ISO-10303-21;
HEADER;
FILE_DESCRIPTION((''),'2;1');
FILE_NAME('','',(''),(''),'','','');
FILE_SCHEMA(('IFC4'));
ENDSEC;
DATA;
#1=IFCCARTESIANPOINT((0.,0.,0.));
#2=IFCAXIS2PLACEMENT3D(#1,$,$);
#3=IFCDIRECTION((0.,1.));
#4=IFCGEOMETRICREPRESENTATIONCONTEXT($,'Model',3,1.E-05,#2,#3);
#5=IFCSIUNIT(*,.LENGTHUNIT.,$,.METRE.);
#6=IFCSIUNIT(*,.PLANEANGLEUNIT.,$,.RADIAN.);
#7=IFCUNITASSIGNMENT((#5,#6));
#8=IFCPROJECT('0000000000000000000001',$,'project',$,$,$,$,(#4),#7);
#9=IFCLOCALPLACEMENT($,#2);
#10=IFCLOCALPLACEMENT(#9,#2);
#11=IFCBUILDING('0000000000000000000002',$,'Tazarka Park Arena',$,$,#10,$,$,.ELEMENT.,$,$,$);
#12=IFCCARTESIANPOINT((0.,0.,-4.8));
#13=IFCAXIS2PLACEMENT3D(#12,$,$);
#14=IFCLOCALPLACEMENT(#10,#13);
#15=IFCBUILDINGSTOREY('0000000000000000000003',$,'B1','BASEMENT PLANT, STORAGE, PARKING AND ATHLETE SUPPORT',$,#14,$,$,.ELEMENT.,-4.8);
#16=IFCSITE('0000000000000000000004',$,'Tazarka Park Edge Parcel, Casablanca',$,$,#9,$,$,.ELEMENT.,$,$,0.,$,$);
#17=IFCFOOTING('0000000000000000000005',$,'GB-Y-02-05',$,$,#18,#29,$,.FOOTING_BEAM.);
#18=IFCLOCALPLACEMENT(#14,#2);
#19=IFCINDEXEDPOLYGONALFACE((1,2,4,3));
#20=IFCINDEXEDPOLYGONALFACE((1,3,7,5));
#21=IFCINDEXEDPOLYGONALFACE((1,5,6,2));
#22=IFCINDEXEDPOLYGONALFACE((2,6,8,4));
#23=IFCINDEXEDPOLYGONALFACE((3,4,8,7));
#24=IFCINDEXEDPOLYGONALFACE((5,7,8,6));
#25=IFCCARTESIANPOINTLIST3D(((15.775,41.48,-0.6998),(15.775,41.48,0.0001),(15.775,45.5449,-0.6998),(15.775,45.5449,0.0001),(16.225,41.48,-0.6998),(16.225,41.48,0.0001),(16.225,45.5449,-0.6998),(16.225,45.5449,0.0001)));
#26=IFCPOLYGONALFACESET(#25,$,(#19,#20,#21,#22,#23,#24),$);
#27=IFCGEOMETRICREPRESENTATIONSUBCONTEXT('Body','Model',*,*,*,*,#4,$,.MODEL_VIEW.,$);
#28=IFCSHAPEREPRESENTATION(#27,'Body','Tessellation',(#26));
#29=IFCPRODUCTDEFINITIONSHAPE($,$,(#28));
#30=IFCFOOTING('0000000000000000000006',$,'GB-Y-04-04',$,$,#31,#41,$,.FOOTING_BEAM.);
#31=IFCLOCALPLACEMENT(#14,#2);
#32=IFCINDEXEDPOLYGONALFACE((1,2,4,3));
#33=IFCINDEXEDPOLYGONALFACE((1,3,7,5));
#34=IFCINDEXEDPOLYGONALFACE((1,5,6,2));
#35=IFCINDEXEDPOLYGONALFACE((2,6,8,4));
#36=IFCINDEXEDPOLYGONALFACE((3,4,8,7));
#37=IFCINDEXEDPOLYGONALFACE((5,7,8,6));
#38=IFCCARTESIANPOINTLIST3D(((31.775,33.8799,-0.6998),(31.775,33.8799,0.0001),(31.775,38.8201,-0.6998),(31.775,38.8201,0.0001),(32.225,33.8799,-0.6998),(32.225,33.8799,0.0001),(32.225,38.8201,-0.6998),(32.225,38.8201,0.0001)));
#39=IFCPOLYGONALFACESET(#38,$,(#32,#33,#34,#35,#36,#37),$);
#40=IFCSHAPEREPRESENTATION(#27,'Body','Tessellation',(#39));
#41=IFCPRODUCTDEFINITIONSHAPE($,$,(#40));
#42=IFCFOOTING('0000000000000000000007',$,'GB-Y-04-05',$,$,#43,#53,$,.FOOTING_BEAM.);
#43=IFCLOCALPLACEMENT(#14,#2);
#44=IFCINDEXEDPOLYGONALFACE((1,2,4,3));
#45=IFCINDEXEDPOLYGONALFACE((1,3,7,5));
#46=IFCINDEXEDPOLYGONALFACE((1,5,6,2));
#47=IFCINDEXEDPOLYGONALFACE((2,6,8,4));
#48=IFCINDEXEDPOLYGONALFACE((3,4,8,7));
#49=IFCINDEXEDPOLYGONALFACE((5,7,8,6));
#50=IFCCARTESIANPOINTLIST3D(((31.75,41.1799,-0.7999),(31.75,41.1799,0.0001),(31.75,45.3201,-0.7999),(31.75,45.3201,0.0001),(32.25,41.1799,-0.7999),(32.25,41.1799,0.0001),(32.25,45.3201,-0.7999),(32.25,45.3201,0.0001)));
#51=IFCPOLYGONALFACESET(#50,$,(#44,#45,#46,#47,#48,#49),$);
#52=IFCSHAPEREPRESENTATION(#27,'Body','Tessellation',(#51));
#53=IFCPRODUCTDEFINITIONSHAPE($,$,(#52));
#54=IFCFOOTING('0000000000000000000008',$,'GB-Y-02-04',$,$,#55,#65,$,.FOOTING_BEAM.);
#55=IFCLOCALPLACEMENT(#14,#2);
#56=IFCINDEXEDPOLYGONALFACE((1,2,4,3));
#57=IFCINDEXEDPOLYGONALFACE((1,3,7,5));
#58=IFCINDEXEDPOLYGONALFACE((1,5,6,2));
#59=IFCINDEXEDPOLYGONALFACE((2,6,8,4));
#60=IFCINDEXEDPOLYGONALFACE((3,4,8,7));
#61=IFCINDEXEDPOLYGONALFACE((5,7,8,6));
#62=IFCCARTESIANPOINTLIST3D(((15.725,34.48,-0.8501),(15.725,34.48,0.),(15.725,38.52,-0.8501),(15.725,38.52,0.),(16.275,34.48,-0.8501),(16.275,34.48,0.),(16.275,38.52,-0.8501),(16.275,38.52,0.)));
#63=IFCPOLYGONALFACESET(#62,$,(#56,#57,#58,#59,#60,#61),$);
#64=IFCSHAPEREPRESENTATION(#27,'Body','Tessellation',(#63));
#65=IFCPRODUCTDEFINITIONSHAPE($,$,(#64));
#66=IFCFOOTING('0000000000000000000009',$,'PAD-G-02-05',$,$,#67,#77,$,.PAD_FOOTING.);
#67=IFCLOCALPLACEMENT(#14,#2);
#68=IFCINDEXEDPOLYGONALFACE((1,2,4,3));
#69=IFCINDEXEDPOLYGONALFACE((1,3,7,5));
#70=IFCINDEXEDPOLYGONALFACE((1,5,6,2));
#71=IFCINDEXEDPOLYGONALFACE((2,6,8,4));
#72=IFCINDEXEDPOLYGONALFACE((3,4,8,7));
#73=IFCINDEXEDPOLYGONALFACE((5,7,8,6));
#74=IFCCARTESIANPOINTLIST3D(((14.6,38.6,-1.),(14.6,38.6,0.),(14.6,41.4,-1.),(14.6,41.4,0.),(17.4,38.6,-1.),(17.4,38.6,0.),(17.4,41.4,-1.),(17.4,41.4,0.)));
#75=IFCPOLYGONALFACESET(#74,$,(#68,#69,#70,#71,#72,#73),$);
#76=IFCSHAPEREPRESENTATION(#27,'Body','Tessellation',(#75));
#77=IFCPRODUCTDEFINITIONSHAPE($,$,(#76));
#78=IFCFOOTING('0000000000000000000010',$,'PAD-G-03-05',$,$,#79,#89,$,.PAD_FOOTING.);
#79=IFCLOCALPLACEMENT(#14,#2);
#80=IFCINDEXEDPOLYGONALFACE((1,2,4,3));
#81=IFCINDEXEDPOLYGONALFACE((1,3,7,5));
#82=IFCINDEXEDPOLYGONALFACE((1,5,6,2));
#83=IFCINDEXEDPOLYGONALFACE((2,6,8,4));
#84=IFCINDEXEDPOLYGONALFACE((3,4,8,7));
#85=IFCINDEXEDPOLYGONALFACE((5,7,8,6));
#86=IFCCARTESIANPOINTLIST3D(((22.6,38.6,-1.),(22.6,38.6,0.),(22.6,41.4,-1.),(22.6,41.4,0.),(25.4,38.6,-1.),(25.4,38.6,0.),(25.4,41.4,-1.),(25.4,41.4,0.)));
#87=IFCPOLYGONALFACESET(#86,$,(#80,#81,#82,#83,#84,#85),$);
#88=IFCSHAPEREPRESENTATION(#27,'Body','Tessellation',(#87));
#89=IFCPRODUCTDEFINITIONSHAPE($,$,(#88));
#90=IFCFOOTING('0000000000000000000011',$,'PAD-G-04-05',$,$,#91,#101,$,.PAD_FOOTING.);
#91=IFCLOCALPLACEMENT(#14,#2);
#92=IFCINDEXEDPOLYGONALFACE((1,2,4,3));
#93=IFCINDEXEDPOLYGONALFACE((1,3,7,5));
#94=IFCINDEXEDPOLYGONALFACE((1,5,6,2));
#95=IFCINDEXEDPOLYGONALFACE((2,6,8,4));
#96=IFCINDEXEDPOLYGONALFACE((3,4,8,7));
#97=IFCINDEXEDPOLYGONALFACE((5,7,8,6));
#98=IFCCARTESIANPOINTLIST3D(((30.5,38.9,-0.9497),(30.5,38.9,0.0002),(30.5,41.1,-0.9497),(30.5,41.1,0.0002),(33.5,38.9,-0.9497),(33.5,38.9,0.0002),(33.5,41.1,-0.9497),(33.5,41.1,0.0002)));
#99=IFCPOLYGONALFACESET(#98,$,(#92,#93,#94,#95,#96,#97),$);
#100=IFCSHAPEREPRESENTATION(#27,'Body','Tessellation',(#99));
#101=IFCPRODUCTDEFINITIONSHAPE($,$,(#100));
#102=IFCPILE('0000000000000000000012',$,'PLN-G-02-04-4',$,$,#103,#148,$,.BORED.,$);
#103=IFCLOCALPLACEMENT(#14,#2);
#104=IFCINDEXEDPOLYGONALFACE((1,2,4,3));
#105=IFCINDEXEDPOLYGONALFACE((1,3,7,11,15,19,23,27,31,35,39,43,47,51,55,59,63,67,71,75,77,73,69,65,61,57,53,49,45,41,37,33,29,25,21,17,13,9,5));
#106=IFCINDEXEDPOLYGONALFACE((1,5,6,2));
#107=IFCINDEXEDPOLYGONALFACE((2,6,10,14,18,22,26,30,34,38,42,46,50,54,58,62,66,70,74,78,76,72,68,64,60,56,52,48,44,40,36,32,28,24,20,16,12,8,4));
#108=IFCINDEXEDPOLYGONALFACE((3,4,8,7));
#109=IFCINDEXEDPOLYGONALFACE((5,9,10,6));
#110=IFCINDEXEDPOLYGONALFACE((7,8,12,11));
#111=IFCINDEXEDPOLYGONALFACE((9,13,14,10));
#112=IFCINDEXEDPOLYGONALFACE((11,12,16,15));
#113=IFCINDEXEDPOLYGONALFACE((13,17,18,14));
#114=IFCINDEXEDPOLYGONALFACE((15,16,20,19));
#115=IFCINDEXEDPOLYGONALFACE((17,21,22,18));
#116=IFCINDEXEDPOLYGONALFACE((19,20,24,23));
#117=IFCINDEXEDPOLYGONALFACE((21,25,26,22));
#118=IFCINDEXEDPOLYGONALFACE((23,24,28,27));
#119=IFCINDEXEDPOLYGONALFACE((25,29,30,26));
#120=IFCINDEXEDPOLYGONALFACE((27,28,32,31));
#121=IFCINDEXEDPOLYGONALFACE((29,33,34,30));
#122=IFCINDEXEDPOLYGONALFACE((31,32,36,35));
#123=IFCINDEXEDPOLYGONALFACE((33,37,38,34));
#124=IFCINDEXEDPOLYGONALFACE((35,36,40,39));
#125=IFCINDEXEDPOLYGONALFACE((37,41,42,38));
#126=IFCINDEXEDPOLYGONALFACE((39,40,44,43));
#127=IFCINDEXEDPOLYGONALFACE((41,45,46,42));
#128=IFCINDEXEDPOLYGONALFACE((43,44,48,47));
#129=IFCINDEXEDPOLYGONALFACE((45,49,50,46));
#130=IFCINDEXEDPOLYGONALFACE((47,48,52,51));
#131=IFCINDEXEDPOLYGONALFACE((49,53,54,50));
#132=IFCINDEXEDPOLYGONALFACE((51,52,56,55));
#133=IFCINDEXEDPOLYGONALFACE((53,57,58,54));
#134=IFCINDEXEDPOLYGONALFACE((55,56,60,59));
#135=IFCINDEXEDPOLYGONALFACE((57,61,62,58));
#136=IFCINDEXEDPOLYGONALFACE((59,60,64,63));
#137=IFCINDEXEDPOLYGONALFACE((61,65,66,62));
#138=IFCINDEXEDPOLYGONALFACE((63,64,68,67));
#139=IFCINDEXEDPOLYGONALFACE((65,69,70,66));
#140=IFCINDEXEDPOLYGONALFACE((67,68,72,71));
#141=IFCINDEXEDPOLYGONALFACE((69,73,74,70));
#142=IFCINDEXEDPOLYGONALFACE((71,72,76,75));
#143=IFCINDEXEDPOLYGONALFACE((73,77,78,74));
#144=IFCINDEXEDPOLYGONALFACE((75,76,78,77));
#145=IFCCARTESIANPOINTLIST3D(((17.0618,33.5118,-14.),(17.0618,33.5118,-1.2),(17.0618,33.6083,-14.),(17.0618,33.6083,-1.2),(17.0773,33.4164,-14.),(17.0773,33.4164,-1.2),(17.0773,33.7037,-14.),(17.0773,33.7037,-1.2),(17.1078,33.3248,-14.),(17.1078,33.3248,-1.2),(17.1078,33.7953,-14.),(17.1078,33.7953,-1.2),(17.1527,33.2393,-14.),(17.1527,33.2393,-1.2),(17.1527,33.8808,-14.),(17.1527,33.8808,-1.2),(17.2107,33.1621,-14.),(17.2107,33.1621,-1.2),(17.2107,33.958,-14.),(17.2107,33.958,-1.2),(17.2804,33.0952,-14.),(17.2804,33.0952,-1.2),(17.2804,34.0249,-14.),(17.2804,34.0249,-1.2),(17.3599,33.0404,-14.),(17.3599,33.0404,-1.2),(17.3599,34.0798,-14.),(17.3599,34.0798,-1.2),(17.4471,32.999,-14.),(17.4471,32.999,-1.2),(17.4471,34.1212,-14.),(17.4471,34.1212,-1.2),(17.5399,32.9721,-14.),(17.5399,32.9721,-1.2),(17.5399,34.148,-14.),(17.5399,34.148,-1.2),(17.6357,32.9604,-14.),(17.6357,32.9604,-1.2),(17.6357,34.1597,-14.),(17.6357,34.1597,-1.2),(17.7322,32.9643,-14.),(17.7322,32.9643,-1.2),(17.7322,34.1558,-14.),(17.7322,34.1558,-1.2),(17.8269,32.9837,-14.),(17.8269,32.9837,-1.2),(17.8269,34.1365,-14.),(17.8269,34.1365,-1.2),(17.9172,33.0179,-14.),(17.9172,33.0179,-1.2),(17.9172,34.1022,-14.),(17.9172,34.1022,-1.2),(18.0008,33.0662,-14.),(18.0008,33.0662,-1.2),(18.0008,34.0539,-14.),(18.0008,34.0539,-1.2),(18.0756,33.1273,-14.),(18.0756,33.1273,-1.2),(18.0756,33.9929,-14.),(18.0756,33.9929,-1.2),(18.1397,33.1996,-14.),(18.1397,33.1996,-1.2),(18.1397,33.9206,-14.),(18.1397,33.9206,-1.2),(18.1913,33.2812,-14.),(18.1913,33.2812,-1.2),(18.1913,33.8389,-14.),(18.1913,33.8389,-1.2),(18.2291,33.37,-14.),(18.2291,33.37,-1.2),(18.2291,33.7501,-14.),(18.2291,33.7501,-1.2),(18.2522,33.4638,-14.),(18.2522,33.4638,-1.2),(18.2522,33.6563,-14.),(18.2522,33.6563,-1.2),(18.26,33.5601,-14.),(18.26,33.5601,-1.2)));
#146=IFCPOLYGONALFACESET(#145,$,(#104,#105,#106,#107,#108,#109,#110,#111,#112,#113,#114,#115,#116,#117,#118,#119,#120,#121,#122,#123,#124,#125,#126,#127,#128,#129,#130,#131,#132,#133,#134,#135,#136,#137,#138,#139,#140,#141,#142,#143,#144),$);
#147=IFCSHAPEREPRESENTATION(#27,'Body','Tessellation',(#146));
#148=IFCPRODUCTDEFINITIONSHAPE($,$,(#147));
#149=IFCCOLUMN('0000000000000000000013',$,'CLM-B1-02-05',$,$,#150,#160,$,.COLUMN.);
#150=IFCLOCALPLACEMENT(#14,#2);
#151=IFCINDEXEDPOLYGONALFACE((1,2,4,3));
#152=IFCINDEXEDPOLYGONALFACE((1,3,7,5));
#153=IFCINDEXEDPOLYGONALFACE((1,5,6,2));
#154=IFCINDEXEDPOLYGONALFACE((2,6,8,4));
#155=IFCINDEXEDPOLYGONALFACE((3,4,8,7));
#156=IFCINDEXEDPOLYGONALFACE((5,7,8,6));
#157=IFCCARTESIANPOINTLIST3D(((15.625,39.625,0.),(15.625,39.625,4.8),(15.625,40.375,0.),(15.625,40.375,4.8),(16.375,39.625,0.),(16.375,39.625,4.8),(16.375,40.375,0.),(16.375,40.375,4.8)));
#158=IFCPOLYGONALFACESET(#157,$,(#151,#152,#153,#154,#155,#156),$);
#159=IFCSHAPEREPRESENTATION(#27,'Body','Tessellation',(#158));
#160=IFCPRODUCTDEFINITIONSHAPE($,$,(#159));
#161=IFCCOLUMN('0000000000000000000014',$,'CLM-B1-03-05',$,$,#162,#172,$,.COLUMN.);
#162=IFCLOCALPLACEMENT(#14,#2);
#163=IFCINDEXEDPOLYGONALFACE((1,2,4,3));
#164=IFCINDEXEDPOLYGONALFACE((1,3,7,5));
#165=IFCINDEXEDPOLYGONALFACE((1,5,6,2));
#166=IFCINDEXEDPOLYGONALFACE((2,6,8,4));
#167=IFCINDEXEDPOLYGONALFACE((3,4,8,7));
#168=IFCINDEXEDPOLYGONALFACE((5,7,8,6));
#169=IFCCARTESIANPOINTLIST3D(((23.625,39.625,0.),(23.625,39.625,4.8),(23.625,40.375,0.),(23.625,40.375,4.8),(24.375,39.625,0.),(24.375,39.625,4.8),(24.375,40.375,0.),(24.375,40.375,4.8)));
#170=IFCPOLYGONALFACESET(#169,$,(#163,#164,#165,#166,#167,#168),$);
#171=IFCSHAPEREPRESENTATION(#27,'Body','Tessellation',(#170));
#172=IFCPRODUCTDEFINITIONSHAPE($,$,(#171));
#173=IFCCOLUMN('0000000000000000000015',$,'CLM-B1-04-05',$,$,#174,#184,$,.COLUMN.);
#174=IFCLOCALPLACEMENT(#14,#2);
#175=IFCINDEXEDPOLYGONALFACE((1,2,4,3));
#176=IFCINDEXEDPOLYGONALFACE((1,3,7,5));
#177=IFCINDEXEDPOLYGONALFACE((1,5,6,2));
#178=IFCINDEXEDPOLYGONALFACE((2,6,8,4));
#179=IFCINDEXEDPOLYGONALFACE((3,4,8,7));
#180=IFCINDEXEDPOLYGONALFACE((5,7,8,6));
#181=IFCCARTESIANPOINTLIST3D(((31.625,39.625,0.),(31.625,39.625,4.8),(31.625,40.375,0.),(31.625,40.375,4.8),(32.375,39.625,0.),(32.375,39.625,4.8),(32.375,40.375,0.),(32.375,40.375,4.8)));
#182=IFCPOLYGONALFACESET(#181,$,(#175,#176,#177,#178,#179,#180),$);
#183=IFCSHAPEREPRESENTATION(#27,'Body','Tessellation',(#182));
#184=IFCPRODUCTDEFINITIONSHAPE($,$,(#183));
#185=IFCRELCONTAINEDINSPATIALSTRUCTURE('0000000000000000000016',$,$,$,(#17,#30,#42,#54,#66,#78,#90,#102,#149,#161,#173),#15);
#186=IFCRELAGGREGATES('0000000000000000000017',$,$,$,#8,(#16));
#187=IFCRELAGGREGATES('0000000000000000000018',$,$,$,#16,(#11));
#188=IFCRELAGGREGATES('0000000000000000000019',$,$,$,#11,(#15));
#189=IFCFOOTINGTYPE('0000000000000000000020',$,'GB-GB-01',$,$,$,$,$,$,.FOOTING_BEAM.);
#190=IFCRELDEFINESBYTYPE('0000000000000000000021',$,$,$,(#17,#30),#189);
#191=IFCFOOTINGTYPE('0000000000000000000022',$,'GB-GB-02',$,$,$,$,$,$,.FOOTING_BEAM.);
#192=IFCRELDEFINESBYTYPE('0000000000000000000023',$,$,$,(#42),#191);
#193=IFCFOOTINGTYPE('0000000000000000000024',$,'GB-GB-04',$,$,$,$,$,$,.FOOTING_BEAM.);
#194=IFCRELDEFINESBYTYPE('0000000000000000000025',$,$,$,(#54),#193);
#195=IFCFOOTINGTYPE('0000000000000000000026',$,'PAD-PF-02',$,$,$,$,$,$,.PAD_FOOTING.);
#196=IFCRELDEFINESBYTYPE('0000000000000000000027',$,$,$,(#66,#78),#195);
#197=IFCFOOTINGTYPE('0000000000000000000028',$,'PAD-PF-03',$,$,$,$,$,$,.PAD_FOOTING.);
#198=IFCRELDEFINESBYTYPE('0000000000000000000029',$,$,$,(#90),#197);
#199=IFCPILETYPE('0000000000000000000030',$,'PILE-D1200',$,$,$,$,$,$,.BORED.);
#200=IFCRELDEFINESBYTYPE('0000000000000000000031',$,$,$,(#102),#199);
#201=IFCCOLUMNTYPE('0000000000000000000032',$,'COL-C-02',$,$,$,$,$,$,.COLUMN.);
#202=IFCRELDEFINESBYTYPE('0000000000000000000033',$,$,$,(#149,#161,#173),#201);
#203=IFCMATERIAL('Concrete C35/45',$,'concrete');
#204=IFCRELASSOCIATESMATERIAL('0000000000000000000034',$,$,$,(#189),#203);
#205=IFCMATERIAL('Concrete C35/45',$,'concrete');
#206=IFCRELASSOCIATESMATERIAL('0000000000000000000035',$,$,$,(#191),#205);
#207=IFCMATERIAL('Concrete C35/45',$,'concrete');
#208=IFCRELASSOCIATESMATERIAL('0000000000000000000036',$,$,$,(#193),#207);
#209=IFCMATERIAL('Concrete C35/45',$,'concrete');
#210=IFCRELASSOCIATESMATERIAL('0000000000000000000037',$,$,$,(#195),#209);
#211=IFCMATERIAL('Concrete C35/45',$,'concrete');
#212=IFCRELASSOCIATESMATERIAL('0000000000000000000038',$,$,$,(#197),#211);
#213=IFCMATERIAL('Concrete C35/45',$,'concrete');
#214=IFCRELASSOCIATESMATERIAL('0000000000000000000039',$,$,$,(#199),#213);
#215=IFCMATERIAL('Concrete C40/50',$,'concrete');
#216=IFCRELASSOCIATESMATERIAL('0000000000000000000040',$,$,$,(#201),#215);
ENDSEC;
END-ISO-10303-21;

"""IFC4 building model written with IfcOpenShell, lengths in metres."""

from ifc_helpers import new_model, si_unit, direction, frame, origin, origin_2d, place, context, subcontext, project, spatial, rectangle, circle, extrude, material, material_profile, profile_set, type_object, element, save


model = new_model("IFC4")

# Units and contexts
model_context = context("Model", 3, precision=1e-05, world=origin(), true_north=direction((0.0, 1.0)))
body_context = subcontext(model_context, "Body", "Model", "MODEL_VIEW")
ifc_project = project(units=[si_unit("LENGTHUNIT", "METRE"), si_unit("PLANEANGLEUNIT", "RADIAN")], contexts=[model_context])

# Site, building, storey
site_placement = place(None, origin())
site = spatial("IfcSite", under=ifc_project, at=site_placement, Name="Tazarka Park Edge Parcel, Casablanca", CompositionType="ELEMENT", RefElevation=0.0)
building_placement = place(site_placement, origin())
building = spatial("IfcBuilding", under=site, at=building_placement, Name="Tazarka Park Arena", CompositionType="ELEMENT")
storey_placement = place(building_placement, frame((0.0, 0.0, -4.8)))
storey = spatial("IfcBuildingStorey", under=building, at=storey_placement, Name="B1", Description="BASEMENT PLANT, STORAGE, PARKING AND ATHLETE SUPPORT", CompositionType="ELEMENT", Elevation=-4.8)

# Footings
ifc_material_1 = material(Name="Concrete C35/45", Category="concrete")
ifc_material_profile_1 = material_profile(ifc_material_1, rectangle(XDim=0.45, YDim=0.7, at=origin_2d()), Name="Concrete C35/45")
ifc_profile_set_1 = profile_set([ifc_material_profile_1], Name="Concrete C35/45")
footing_type_1 = type_object("IfcFootingType", Name="GB-GB-01", PredefinedType="FOOTING_BEAM", material=ifc_profile_set_1)
footing_1_placement = place(storey_placement, frame((16.0, 41.48, -0.3499), z_axis=(0.0, 1.0, 0.0), x_axis=(-1.0, 0.0, 0.0)))
element("IfcFooting", 1, at=footing_1_placement, inside=storey, type_object=footing_type_1, Name="GB-Y-02-05", PredefinedType="FOOTING_BEAM", context=body_context, shape_type="SweptSolid", body=[
    extrude(rectangle(XDim=0.45, YDim=0.7, at=origin_2d()), origin(), (0.0, 0.0, 1.0), 4.0649),
])
footing_2_placement = place(storey_placement, frame((32.0, 33.8799, -0.3499), z_axis=(0.0, 1.0, 0.0), x_axis=(-1.0, 0.0, 0.0)))
element("IfcFooting", 2, at=footing_2_placement, inside=storey, type_object=footing_type_1, Name="GB-Y-04-04", PredefinedType="FOOTING_BEAM", context=body_context, shape_type="SweptSolid", body=[
    extrude(rectangle(XDim=0.45, YDim=0.7, at=origin_2d()), origin(), (0.0, 0.0, 1.0), 4.9402),
])
ifc_material_2 = material(Name="Concrete C35/45", Category="concrete")
ifc_material_profile_2 = material_profile(ifc_material_2, rectangle(XDim=0.5, YDim=0.8, at=origin_2d()), Name="Concrete C35/45")
ifc_profile_set_2 = profile_set([ifc_material_profile_2], Name="Concrete C35/45")
footing_type_2 = type_object("IfcFootingType", Name="GB-GB-02", PredefinedType="FOOTING_BEAM", material=ifc_profile_set_2)
footing_3_placement = place(storey_placement, frame((32.0, 41.1799, -0.3999), z_axis=(0.0, 1.0, 0.0), x_axis=(-1.0, 0.0, 0.0)))
element("IfcFooting", 3, at=footing_3_placement, inside=storey, type_object=footing_type_2, Name="GB-Y-04-05", PredefinedType="FOOTING_BEAM", context=body_context, shape_type="SweptSolid", body=[
    extrude(rectangle(XDim=0.5, YDim=0.8, at=origin_2d()), origin(), (0.0, 0.0, 1.0), 4.1401),
])
ifc_material_3 = material(Name="Concrete C35/45", Category="concrete")
ifc_material_profile_3 = material_profile(ifc_material_3, rectangle(XDim=0.55, YDim=0.8501, at=origin_2d()), Name="Concrete C35/45")
ifc_profile_set_3 = profile_set([ifc_material_profile_3], Name="Concrete C35/45")
footing_type_3 = type_object("IfcFootingType", Name="GB-GB-04", PredefinedType="FOOTING_BEAM", material=ifc_profile_set_3)
footing_4_placement = place(storey_placement, frame((16.0, 34.48, -0.425), z_axis=(0.0, 1.0, 0.0), x_axis=(-1.0, 0.0, 0.0)))
element("IfcFooting", 4, at=footing_4_placement, inside=storey, type_object=footing_type_3, Name="GB-Y-02-04", PredefinedType="FOOTING_BEAM", context=body_context, shape_type="SweptSolid", body=[
    extrude(rectangle(XDim=0.55, YDim=0.8501, at=origin_2d()), origin(), (0.0, 0.0, 1.0), 4.04),
])
ifc_material_4 = material(Name="Concrete C35/45", Category="concrete")
footing_type_4 = type_object("IfcFootingType", Name="PAD-PF-02", PredefinedType="PAD_FOOTING", material=ifc_material_4)
for number, where, z_axis, x_axis, name in (
    (5, (16.0, 40.0, -1.0), (0.0, 0.0, 1.0), (1.0, 0.0, 0.0), "PAD-G-02-05"),
    (6, (24.0, 40.0, -1.0), (0.0, 0.0, 1.0), (1.0, 0.0, 0.0), "PAD-G-03-05"),
):
    element("IfcFooting", number, at=place(storey_placement, frame(where, z_axis=z_axis, x_axis=x_axis)), inside=storey, type_object=footing_type_4, Name=name, PredefinedType="PAD_FOOTING", context=body_context, shape_type="SweptSolid", body=[
        extrude(rectangle(XDim=2.8, YDim=2.8, at=origin_2d()), origin(), (0.0, 0.0, 1.0), 1.0),
    ])
ifc_material_5 = material(Name="Concrete C35/45", Category="concrete")
footing_type_5 = type_object("IfcFootingType", Name="PAD-PF-03", PredefinedType="PAD_FOOTING", material=ifc_material_5)
footing_5_placement = place(storey_placement, frame((32.0, 40.0, -0.9497), z_axis=(0.0, 0.0, 1.0), x_axis=(1.0, 0.0, 0.0)))
element("IfcFooting", 7, at=footing_5_placement, inside=storey, type_object=footing_type_5, Name="PAD-G-04-05", PredefinedType="PAD_FOOTING", context=body_context, shape_type="SweptSolid", body=[
    extrude(rectangle(XDim=3.0, YDim=2.2, at=origin_2d()), origin(), (0.0, 0.0, 1.0), 0.95),
])

# Pile
ifc_material_6 = material(Name="Concrete C35/45", Category="concrete")
ifc_material_profile_4 = material_profile(ifc_material_6, circle(Radius=0.6001, at=origin_2d()), Name="Concrete C35/45")
ifc_profile_set_4 = profile_set([ifc_material_profile_4], Name="Concrete C35/45")
pile_type = type_object("IfcPileType", Name="PILE-D1200", PredefinedType="BORED", material=ifc_profile_set_4)
pile_placement = place(storey_placement, frame((17.6599, 33.5601, -1.2), z_axis=(0.0, 0.0, -1.0), x_axis=(1.0, 0.0, 0.0)))
element("IfcPile", 8, at=pile_placement, inside=storey, type_object=pile_type, Name="PLN-G-02-04-4", PredefinedType="BORED", context=body_context, shape_type="SweptSolid", body=[
    extrude(circle(Radius=0.6001, at=origin_2d()), origin(), (0.0, 0.0, 1.0), 12.8),
])

# Columns
ifc_material_7 = material(Name="Concrete C40/50", Category="concrete")
ifc_material_profile_5 = material_profile(ifc_material_7, rectangle(XDim=0.75, YDim=0.75, at=origin_2d()), Name="Concrete C40/50")
ifc_profile_set_5 = profile_set([ifc_material_profile_5], Name="Concrete C40/50")
column_type = type_object("IfcColumnType", Name="COL-C-02", PredefinedType="COLUMN", material=ifc_profile_set_5)
for number, where, z_axis, x_axis, name in (
    (9, (16.0, 40.0, 0.0), (0.0, 0.0, 1.0), (1.0, 0.0, 0.0), "CLM-B1-02-05"),
    (10, (24.0, 40.0, 0.0), (0.0, 0.0, 1.0), (1.0, 0.0, 0.0), "CLM-B1-03-05"),
    (11, (32.0, 40.0, 0.0), (0.0, 0.0, 1.0), (1.0, 0.0, 0.0), "CLM-B1-04-05"),
):
    element("IfcColumn", number, at=place(storey_placement, frame(where, z_axis=z_axis, x_axis=x_axis)), inside=storey, type_object=column_type, Name=name, PredefinedType="COLUMN", context=body_context, shape_type="SweptSolid", body=[
        extrude(rectangle(XDim=0.75, YDim=0.75, at=origin_2d()), origin(), (0.0, 0.0, 1.0), 4.8),
    ])

save(model, "model.ifc")
